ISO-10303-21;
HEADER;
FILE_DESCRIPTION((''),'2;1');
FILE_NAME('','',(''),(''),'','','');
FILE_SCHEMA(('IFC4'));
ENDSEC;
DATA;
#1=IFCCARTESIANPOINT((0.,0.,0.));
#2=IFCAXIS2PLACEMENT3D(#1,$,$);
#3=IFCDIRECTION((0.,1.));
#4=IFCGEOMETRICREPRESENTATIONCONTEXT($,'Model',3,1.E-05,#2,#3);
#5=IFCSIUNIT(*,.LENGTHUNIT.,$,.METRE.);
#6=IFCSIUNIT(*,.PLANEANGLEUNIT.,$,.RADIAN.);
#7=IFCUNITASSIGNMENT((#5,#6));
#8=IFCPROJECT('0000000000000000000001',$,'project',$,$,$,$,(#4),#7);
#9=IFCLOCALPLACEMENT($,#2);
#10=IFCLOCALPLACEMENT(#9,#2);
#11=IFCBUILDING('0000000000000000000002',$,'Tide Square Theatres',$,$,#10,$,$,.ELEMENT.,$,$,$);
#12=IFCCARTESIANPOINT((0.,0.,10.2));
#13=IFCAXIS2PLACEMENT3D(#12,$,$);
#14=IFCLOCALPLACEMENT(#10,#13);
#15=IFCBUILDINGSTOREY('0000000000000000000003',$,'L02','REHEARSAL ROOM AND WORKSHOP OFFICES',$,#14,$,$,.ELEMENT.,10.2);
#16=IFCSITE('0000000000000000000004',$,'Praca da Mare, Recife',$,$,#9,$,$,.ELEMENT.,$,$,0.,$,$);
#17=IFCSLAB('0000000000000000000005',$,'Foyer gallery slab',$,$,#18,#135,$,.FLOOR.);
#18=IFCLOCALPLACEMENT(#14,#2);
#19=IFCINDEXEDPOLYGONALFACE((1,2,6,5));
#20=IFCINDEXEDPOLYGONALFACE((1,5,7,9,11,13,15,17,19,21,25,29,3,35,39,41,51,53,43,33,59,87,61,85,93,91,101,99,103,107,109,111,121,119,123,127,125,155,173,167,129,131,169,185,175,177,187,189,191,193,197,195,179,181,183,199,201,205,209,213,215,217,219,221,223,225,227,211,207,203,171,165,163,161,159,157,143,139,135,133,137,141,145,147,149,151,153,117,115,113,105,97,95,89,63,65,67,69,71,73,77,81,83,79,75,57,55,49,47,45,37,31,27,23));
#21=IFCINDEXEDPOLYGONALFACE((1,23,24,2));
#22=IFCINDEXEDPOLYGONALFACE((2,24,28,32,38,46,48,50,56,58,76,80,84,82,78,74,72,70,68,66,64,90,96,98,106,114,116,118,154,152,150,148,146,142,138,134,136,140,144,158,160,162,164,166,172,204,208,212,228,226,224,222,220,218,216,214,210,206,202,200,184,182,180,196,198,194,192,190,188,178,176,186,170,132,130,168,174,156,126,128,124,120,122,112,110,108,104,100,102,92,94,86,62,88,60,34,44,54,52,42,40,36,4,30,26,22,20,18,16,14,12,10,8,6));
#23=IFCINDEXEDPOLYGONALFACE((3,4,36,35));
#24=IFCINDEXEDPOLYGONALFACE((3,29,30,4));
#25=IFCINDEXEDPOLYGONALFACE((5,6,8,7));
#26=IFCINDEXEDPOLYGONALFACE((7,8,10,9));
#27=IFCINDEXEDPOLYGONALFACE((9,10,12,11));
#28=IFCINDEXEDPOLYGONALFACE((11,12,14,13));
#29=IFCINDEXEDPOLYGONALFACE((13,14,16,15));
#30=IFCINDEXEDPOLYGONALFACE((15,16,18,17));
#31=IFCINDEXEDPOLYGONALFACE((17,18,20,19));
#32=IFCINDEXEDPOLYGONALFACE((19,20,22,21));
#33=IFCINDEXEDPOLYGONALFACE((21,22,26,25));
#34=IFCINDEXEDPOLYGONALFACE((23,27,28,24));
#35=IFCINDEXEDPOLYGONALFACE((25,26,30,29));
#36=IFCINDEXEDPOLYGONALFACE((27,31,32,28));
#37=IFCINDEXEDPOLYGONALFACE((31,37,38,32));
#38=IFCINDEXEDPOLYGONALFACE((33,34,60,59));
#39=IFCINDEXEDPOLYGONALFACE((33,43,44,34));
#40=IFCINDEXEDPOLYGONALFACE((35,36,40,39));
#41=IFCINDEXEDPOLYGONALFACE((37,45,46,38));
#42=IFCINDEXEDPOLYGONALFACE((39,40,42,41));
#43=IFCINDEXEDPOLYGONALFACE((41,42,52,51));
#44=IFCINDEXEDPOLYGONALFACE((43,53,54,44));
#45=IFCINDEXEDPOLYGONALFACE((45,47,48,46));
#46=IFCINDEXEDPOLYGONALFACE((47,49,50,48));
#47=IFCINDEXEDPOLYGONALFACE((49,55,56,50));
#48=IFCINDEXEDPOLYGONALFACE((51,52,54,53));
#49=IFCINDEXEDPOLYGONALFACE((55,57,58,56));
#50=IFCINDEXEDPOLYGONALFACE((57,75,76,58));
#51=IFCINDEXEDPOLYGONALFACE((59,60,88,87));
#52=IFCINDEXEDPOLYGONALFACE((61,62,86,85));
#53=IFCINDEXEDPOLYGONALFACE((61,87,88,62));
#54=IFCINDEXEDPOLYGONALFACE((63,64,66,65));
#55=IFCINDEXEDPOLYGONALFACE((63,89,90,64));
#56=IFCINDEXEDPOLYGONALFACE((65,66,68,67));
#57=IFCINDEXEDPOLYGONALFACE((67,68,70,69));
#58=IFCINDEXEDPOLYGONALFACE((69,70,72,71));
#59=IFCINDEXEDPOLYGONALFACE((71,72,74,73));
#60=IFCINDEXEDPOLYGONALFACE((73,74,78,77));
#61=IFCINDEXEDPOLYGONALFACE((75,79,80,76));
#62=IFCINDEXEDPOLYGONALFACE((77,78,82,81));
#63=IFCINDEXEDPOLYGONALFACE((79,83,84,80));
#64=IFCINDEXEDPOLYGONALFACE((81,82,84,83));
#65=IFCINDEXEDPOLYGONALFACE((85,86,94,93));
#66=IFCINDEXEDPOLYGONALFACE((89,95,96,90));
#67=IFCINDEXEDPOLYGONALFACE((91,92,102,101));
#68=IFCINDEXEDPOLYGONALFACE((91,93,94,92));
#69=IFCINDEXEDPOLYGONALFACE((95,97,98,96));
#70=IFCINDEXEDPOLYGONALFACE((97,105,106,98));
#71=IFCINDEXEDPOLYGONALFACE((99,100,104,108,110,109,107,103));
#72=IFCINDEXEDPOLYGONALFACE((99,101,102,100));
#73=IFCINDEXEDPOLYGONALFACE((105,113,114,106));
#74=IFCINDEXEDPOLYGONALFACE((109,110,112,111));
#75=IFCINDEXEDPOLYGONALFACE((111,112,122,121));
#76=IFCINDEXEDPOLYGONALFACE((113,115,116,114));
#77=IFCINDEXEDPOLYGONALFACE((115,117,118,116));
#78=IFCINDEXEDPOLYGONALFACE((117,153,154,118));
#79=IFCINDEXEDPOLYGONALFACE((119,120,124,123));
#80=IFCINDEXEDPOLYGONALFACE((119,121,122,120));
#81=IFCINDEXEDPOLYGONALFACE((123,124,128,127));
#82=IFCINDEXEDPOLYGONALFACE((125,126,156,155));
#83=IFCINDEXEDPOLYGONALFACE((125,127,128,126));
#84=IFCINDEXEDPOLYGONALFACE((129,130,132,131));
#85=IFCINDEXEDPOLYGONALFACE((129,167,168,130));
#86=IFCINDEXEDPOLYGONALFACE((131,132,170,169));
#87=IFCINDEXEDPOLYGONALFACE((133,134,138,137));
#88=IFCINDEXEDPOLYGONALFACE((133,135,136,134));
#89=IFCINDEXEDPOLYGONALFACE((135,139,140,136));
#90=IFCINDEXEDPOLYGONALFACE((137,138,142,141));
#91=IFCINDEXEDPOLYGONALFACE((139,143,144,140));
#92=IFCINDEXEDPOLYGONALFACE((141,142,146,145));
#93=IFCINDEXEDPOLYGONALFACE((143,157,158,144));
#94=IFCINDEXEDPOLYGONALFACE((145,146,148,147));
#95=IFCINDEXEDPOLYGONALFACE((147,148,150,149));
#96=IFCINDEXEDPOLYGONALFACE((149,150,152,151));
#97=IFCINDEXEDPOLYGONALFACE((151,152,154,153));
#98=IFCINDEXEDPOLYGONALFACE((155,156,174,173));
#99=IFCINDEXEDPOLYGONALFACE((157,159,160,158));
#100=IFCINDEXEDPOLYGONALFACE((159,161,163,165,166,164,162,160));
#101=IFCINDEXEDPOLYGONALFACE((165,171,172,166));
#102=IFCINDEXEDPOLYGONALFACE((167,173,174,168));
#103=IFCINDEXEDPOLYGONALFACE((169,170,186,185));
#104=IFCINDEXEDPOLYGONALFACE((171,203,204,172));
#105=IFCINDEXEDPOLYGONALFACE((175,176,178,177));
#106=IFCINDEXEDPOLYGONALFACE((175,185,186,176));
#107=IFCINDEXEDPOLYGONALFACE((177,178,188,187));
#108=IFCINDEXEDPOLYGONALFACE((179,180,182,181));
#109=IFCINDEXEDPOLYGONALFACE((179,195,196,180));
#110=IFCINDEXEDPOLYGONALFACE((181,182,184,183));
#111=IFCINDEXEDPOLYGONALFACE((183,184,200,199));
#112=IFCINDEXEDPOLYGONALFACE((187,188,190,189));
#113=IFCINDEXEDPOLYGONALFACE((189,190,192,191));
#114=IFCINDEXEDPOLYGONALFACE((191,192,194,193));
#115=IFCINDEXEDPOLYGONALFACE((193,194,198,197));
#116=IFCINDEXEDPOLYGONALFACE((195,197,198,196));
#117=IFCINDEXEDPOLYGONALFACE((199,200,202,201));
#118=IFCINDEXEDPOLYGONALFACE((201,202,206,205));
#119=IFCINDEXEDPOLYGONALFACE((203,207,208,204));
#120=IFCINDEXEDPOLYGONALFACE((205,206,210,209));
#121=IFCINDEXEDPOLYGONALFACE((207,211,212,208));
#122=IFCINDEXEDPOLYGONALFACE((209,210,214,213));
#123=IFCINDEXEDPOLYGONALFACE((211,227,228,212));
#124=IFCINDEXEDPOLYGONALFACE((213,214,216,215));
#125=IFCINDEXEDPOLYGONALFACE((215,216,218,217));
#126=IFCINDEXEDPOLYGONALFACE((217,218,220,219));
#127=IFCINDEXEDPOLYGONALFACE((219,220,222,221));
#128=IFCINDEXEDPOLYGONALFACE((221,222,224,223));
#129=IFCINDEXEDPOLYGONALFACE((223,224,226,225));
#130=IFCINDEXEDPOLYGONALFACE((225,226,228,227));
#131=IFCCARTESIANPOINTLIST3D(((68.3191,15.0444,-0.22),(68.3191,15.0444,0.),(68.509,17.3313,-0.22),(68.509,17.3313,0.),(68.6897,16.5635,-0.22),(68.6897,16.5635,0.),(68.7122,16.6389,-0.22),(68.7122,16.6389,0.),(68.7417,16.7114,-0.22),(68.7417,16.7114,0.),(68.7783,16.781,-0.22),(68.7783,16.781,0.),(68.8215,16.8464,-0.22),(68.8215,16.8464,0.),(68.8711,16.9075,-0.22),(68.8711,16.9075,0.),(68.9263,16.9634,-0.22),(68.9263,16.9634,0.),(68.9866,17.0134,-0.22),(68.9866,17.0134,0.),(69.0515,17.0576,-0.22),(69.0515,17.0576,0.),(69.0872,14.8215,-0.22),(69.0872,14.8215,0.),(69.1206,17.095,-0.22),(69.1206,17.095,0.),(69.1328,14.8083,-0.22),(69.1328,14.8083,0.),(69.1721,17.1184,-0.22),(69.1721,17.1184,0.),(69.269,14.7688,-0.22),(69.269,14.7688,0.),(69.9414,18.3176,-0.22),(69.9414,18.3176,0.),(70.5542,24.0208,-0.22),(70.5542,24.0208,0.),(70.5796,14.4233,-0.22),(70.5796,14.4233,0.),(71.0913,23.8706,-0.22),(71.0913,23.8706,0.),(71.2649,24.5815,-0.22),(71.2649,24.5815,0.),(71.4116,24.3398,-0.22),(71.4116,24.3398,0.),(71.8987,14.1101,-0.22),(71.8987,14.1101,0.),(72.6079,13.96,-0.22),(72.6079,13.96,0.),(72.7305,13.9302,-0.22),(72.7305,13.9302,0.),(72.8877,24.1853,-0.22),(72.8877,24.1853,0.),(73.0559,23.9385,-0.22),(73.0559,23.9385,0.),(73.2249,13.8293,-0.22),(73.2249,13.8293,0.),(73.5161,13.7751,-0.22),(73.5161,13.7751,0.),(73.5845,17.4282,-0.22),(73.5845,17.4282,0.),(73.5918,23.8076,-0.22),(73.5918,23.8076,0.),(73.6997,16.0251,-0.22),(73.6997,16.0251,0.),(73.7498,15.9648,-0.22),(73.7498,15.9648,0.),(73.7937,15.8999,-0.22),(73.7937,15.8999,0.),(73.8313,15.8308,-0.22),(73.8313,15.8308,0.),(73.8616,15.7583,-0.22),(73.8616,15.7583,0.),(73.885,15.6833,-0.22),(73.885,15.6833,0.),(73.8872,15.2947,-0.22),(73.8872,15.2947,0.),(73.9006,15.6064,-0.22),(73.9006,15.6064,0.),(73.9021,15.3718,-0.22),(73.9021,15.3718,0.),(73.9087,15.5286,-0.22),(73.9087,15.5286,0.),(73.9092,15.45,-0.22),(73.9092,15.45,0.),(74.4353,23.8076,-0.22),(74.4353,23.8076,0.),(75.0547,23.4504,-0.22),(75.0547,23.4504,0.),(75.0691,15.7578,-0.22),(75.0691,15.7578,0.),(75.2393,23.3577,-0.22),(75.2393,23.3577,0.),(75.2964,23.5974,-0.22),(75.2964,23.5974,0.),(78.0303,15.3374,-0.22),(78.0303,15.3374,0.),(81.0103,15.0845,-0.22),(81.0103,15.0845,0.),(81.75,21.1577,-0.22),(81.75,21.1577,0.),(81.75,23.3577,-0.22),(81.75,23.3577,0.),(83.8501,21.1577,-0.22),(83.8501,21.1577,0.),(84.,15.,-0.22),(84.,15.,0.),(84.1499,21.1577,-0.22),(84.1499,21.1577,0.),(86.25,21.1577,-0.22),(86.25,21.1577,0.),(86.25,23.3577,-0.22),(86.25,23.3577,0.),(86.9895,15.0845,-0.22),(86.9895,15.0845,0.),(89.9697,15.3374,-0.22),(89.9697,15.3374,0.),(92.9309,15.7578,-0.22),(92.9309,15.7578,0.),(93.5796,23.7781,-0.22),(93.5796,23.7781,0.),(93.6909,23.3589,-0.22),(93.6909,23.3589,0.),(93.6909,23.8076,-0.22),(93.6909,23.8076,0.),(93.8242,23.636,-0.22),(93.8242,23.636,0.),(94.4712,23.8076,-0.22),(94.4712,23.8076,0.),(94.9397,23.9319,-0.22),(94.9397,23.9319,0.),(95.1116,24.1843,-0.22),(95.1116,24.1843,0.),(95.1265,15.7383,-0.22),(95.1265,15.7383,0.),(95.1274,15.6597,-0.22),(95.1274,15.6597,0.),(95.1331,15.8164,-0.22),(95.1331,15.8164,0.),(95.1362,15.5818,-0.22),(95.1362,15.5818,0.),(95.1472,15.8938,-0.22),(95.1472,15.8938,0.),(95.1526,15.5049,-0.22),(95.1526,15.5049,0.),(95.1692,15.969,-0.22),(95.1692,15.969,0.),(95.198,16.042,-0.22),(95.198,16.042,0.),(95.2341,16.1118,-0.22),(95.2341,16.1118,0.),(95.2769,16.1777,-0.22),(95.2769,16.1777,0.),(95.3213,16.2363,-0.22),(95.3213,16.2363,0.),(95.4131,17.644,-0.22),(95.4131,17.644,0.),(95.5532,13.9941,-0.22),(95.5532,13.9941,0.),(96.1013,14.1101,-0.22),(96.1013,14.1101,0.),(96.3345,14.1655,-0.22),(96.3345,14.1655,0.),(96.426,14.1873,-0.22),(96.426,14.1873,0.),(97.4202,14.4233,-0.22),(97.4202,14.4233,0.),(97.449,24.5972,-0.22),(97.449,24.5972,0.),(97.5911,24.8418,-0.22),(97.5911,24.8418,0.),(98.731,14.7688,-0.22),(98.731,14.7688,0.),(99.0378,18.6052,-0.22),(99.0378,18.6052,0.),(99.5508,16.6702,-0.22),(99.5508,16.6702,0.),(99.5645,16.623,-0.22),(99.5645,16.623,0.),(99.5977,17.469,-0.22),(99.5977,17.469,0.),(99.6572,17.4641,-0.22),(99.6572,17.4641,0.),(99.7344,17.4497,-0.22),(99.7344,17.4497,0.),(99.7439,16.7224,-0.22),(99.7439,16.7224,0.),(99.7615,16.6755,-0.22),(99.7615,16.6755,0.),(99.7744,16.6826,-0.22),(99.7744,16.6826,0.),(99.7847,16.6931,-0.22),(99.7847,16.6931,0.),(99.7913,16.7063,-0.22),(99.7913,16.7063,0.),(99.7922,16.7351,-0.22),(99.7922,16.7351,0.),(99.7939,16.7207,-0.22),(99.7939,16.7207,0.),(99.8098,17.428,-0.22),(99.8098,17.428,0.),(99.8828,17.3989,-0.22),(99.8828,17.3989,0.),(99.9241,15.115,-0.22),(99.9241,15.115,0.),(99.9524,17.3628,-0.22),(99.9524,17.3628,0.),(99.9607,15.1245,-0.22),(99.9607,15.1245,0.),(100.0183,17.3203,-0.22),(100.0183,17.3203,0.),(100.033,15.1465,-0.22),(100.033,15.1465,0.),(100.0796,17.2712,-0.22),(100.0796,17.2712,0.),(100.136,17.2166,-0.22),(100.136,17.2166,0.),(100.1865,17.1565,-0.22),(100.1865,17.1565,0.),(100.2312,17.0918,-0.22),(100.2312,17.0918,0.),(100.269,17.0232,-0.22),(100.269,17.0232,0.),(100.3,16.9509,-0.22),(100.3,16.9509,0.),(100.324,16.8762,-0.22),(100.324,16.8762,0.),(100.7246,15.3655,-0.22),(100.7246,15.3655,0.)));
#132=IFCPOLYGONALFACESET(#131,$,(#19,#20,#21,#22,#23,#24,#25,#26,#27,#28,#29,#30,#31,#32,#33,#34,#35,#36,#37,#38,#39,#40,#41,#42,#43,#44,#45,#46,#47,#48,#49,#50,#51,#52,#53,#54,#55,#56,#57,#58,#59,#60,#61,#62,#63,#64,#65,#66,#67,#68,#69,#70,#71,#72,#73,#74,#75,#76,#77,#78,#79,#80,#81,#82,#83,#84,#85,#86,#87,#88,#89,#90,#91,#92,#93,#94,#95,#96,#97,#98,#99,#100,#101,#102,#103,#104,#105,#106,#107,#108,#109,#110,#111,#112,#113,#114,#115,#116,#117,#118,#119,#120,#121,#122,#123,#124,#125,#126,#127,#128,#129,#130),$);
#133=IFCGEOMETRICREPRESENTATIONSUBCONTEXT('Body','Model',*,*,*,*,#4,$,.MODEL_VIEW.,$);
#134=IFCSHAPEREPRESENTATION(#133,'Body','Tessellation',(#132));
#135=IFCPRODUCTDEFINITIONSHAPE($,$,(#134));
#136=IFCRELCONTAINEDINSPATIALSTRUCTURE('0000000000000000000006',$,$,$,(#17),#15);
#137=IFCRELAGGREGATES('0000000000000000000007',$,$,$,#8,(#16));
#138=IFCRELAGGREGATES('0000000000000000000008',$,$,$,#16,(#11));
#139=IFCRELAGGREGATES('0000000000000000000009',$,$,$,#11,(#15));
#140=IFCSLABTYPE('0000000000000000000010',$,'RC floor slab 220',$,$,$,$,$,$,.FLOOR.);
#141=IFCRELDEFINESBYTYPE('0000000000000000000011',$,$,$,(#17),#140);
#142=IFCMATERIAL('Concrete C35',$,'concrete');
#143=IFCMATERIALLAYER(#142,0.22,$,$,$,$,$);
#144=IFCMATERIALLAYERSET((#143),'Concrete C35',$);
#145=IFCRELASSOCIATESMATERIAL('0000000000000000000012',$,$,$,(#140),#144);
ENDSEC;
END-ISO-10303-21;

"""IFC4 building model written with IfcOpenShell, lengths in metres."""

from ifc_helpers import new_model, si_unit, direction, frame, origin, place, context, subcontext, project, spatial, polyline, outline, extrude, material, layer, layer_set, type_object, element, save


model = new_model("IFC4")

# Units and contexts
model_context = context("Model", 3, precision=1e-05, world=origin(), true_north=direction((0.0, 1.0)))
body_context = subcontext(model_context, "Body", "Model", "MODEL_VIEW")
ifc_project = project(units=[si_unit("LENGTHUNIT", "METRE"), si_unit("PLANEANGLEUNIT", "RADIAN")], contexts=[model_context])

# Site, building, storey
site_placement = place(None, origin())
site = spatial("IfcSite", under=ifc_project, at=site_placement, Name="Praca da Mare, Recife", CompositionType="ELEMENT", RefElevation=0.0)
building_placement = place(site_placement, origin())
building = spatial("IfcBuilding", under=site, at=building_placement, Name="Tide Square Theatres", CompositionType="ELEMENT")
storey_placement = place(building_placement, frame((0.0, 0.0, 10.2)))
storey = spatial("IfcBuildingStorey", under=building, at=storey_placement, Name="L02", Description="REHEARSAL ROOM AND WORKSHOP OFFICES", CompositionType="ELEMENT", Elevation=10.2)

# Slab
ifc_material_1 = material(Name="Concrete C35", Category="concrete")
ifc_layer_1 = layer(ifc_material_1, 0.22)
ifc_layer_set_1 = layer_set([ifc_layer_1], Name="Concrete C35")
slab_type_1 = type_object("IfcSlabType", Name="RC floor slab 220", PredefinedType="FLOOR", material=ifc_layer_set_1)
slab_1_placement = place(storey_placement, frame((0.0, 0.0, -0.22)))
element("IfcSlab", 1, at=slab_1_placement, inside=storey, type_object=slab_type_1, Name="Foyer gallery slab", PredefinedType="FLOOR", context=body_context, shape_type="SweptSolid", body=[
    extrude(outline(polyline([(68.3191, 15.0444), (69.0872, 14.8215), (69.1328, 14.8083), (69.269, 14.7688), (70.5796, 14.4233), (71.8987, 14.1101), (72.6079, 13.96), (72.7305, 13.9302), (73.2249, 13.8293), (73.5161, 13.7751), (73.8872, 15.2947), (73.9021, 15.3718), (73.9092, 15.45), (73.9087, 15.5286), (73.9006, 15.6064), (73.885, 15.6833), (73.8616, 15.7583), (73.8313, 15.8308), (73.7937, 15.8999), (73.7498, 15.9648), (73.6997, 16.0251), (75.0691, 15.7578), (78.0303, 15.3374), (81.0103, 15.0845), (84.0, 15.0), (86.9895, 15.0845), (89.9697, 15.3374), (92.9309, 15.7578), (95.3213, 16.2363), (95.2769, 16.1777), (95.2341, 16.1118), (95.198, 16.042), (95.1692, 15.969), (95.1472, 15.8938), (95.1331, 15.8164), (95.1265, 15.7383), (95.1274, 15.6597), (95.1362, 15.5818), (95.1526, 15.5049), (95.5532, 13.9941), (96.1013, 14.1101), (96.3345, 14.1655), (96.426, 14.1873), (97.4202, 14.4233), (98.731, 14.7688), (99.9241, 15.115), (99.9607, 15.1245), (100.033, 15.1465), (100.7246, 15.3655), (100.324, 16.8762), (100.3, 16.9509), (100.269, 17.0232), (100.2312, 17.0918), (100.1865, 17.1565), (100.136, 17.2166), (100.0796, 17.2712), (100.0183, 17.3203), (99.9524, 17.3628), (99.8828, 17.3989), (99.8098, 17.428), (99.7344, 17.4497), (99.6572, 17.4641), (99.5977, 17.469), (99.7922, 16.7351), (99.7939, 16.7207), (99.7913, 16.7063), (99.7847, 16.6931), (99.7744, 16.6826), (99.7615, 16.6755), (99.5645, 16.623), (99.5508, 16.6702), (99.7439, 16.7224), (97.5911, 24.8418), (95.1116, 24.1843), (94.9397, 23.9319), (97.449, 24.5972), (99.0378, 18.6052), (95.4131, 17.644), (93.8242, 23.636), (94.4712, 23.8076), (93.6909, 23.8076), (93.5796, 23.7781), (93.6909, 23.3589), (86.25, 23.3577), (86.25, 21.1577), (84.1499, 21.1577), (83.8501, 21.1577), (81.75, 21.1577), (81.75, 23.3577), (75.2393, 23.3577), (75.2964, 23.5974), (74.4353, 23.8076), (73.5918, 23.8076), (75.0547, 23.4504), (73.5845, 17.4282), (69.9414, 18.3176), (71.4116, 24.3398), (73.0559, 23.9385), (72.8877, 24.1853), (71.2649, 24.5815), (71.0913, 23.8706), (70.5542, 24.0208), (68.509, 17.3313), (69.1721, 17.1184), (69.1206, 17.095), (69.0515, 17.0576), (68.9866, 17.0134), (68.9263, 16.9634), (68.8711, 16.9075), (68.8215, 16.8464), (68.7783, 16.781), (68.7417, 16.7114), (68.7122, 16.6389), (68.6897, 16.5635), (68.3191, 15.0444)])), origin(), (0.0, 0.0, 1.0), 0.22),
])

save(model, "model.ifc")
